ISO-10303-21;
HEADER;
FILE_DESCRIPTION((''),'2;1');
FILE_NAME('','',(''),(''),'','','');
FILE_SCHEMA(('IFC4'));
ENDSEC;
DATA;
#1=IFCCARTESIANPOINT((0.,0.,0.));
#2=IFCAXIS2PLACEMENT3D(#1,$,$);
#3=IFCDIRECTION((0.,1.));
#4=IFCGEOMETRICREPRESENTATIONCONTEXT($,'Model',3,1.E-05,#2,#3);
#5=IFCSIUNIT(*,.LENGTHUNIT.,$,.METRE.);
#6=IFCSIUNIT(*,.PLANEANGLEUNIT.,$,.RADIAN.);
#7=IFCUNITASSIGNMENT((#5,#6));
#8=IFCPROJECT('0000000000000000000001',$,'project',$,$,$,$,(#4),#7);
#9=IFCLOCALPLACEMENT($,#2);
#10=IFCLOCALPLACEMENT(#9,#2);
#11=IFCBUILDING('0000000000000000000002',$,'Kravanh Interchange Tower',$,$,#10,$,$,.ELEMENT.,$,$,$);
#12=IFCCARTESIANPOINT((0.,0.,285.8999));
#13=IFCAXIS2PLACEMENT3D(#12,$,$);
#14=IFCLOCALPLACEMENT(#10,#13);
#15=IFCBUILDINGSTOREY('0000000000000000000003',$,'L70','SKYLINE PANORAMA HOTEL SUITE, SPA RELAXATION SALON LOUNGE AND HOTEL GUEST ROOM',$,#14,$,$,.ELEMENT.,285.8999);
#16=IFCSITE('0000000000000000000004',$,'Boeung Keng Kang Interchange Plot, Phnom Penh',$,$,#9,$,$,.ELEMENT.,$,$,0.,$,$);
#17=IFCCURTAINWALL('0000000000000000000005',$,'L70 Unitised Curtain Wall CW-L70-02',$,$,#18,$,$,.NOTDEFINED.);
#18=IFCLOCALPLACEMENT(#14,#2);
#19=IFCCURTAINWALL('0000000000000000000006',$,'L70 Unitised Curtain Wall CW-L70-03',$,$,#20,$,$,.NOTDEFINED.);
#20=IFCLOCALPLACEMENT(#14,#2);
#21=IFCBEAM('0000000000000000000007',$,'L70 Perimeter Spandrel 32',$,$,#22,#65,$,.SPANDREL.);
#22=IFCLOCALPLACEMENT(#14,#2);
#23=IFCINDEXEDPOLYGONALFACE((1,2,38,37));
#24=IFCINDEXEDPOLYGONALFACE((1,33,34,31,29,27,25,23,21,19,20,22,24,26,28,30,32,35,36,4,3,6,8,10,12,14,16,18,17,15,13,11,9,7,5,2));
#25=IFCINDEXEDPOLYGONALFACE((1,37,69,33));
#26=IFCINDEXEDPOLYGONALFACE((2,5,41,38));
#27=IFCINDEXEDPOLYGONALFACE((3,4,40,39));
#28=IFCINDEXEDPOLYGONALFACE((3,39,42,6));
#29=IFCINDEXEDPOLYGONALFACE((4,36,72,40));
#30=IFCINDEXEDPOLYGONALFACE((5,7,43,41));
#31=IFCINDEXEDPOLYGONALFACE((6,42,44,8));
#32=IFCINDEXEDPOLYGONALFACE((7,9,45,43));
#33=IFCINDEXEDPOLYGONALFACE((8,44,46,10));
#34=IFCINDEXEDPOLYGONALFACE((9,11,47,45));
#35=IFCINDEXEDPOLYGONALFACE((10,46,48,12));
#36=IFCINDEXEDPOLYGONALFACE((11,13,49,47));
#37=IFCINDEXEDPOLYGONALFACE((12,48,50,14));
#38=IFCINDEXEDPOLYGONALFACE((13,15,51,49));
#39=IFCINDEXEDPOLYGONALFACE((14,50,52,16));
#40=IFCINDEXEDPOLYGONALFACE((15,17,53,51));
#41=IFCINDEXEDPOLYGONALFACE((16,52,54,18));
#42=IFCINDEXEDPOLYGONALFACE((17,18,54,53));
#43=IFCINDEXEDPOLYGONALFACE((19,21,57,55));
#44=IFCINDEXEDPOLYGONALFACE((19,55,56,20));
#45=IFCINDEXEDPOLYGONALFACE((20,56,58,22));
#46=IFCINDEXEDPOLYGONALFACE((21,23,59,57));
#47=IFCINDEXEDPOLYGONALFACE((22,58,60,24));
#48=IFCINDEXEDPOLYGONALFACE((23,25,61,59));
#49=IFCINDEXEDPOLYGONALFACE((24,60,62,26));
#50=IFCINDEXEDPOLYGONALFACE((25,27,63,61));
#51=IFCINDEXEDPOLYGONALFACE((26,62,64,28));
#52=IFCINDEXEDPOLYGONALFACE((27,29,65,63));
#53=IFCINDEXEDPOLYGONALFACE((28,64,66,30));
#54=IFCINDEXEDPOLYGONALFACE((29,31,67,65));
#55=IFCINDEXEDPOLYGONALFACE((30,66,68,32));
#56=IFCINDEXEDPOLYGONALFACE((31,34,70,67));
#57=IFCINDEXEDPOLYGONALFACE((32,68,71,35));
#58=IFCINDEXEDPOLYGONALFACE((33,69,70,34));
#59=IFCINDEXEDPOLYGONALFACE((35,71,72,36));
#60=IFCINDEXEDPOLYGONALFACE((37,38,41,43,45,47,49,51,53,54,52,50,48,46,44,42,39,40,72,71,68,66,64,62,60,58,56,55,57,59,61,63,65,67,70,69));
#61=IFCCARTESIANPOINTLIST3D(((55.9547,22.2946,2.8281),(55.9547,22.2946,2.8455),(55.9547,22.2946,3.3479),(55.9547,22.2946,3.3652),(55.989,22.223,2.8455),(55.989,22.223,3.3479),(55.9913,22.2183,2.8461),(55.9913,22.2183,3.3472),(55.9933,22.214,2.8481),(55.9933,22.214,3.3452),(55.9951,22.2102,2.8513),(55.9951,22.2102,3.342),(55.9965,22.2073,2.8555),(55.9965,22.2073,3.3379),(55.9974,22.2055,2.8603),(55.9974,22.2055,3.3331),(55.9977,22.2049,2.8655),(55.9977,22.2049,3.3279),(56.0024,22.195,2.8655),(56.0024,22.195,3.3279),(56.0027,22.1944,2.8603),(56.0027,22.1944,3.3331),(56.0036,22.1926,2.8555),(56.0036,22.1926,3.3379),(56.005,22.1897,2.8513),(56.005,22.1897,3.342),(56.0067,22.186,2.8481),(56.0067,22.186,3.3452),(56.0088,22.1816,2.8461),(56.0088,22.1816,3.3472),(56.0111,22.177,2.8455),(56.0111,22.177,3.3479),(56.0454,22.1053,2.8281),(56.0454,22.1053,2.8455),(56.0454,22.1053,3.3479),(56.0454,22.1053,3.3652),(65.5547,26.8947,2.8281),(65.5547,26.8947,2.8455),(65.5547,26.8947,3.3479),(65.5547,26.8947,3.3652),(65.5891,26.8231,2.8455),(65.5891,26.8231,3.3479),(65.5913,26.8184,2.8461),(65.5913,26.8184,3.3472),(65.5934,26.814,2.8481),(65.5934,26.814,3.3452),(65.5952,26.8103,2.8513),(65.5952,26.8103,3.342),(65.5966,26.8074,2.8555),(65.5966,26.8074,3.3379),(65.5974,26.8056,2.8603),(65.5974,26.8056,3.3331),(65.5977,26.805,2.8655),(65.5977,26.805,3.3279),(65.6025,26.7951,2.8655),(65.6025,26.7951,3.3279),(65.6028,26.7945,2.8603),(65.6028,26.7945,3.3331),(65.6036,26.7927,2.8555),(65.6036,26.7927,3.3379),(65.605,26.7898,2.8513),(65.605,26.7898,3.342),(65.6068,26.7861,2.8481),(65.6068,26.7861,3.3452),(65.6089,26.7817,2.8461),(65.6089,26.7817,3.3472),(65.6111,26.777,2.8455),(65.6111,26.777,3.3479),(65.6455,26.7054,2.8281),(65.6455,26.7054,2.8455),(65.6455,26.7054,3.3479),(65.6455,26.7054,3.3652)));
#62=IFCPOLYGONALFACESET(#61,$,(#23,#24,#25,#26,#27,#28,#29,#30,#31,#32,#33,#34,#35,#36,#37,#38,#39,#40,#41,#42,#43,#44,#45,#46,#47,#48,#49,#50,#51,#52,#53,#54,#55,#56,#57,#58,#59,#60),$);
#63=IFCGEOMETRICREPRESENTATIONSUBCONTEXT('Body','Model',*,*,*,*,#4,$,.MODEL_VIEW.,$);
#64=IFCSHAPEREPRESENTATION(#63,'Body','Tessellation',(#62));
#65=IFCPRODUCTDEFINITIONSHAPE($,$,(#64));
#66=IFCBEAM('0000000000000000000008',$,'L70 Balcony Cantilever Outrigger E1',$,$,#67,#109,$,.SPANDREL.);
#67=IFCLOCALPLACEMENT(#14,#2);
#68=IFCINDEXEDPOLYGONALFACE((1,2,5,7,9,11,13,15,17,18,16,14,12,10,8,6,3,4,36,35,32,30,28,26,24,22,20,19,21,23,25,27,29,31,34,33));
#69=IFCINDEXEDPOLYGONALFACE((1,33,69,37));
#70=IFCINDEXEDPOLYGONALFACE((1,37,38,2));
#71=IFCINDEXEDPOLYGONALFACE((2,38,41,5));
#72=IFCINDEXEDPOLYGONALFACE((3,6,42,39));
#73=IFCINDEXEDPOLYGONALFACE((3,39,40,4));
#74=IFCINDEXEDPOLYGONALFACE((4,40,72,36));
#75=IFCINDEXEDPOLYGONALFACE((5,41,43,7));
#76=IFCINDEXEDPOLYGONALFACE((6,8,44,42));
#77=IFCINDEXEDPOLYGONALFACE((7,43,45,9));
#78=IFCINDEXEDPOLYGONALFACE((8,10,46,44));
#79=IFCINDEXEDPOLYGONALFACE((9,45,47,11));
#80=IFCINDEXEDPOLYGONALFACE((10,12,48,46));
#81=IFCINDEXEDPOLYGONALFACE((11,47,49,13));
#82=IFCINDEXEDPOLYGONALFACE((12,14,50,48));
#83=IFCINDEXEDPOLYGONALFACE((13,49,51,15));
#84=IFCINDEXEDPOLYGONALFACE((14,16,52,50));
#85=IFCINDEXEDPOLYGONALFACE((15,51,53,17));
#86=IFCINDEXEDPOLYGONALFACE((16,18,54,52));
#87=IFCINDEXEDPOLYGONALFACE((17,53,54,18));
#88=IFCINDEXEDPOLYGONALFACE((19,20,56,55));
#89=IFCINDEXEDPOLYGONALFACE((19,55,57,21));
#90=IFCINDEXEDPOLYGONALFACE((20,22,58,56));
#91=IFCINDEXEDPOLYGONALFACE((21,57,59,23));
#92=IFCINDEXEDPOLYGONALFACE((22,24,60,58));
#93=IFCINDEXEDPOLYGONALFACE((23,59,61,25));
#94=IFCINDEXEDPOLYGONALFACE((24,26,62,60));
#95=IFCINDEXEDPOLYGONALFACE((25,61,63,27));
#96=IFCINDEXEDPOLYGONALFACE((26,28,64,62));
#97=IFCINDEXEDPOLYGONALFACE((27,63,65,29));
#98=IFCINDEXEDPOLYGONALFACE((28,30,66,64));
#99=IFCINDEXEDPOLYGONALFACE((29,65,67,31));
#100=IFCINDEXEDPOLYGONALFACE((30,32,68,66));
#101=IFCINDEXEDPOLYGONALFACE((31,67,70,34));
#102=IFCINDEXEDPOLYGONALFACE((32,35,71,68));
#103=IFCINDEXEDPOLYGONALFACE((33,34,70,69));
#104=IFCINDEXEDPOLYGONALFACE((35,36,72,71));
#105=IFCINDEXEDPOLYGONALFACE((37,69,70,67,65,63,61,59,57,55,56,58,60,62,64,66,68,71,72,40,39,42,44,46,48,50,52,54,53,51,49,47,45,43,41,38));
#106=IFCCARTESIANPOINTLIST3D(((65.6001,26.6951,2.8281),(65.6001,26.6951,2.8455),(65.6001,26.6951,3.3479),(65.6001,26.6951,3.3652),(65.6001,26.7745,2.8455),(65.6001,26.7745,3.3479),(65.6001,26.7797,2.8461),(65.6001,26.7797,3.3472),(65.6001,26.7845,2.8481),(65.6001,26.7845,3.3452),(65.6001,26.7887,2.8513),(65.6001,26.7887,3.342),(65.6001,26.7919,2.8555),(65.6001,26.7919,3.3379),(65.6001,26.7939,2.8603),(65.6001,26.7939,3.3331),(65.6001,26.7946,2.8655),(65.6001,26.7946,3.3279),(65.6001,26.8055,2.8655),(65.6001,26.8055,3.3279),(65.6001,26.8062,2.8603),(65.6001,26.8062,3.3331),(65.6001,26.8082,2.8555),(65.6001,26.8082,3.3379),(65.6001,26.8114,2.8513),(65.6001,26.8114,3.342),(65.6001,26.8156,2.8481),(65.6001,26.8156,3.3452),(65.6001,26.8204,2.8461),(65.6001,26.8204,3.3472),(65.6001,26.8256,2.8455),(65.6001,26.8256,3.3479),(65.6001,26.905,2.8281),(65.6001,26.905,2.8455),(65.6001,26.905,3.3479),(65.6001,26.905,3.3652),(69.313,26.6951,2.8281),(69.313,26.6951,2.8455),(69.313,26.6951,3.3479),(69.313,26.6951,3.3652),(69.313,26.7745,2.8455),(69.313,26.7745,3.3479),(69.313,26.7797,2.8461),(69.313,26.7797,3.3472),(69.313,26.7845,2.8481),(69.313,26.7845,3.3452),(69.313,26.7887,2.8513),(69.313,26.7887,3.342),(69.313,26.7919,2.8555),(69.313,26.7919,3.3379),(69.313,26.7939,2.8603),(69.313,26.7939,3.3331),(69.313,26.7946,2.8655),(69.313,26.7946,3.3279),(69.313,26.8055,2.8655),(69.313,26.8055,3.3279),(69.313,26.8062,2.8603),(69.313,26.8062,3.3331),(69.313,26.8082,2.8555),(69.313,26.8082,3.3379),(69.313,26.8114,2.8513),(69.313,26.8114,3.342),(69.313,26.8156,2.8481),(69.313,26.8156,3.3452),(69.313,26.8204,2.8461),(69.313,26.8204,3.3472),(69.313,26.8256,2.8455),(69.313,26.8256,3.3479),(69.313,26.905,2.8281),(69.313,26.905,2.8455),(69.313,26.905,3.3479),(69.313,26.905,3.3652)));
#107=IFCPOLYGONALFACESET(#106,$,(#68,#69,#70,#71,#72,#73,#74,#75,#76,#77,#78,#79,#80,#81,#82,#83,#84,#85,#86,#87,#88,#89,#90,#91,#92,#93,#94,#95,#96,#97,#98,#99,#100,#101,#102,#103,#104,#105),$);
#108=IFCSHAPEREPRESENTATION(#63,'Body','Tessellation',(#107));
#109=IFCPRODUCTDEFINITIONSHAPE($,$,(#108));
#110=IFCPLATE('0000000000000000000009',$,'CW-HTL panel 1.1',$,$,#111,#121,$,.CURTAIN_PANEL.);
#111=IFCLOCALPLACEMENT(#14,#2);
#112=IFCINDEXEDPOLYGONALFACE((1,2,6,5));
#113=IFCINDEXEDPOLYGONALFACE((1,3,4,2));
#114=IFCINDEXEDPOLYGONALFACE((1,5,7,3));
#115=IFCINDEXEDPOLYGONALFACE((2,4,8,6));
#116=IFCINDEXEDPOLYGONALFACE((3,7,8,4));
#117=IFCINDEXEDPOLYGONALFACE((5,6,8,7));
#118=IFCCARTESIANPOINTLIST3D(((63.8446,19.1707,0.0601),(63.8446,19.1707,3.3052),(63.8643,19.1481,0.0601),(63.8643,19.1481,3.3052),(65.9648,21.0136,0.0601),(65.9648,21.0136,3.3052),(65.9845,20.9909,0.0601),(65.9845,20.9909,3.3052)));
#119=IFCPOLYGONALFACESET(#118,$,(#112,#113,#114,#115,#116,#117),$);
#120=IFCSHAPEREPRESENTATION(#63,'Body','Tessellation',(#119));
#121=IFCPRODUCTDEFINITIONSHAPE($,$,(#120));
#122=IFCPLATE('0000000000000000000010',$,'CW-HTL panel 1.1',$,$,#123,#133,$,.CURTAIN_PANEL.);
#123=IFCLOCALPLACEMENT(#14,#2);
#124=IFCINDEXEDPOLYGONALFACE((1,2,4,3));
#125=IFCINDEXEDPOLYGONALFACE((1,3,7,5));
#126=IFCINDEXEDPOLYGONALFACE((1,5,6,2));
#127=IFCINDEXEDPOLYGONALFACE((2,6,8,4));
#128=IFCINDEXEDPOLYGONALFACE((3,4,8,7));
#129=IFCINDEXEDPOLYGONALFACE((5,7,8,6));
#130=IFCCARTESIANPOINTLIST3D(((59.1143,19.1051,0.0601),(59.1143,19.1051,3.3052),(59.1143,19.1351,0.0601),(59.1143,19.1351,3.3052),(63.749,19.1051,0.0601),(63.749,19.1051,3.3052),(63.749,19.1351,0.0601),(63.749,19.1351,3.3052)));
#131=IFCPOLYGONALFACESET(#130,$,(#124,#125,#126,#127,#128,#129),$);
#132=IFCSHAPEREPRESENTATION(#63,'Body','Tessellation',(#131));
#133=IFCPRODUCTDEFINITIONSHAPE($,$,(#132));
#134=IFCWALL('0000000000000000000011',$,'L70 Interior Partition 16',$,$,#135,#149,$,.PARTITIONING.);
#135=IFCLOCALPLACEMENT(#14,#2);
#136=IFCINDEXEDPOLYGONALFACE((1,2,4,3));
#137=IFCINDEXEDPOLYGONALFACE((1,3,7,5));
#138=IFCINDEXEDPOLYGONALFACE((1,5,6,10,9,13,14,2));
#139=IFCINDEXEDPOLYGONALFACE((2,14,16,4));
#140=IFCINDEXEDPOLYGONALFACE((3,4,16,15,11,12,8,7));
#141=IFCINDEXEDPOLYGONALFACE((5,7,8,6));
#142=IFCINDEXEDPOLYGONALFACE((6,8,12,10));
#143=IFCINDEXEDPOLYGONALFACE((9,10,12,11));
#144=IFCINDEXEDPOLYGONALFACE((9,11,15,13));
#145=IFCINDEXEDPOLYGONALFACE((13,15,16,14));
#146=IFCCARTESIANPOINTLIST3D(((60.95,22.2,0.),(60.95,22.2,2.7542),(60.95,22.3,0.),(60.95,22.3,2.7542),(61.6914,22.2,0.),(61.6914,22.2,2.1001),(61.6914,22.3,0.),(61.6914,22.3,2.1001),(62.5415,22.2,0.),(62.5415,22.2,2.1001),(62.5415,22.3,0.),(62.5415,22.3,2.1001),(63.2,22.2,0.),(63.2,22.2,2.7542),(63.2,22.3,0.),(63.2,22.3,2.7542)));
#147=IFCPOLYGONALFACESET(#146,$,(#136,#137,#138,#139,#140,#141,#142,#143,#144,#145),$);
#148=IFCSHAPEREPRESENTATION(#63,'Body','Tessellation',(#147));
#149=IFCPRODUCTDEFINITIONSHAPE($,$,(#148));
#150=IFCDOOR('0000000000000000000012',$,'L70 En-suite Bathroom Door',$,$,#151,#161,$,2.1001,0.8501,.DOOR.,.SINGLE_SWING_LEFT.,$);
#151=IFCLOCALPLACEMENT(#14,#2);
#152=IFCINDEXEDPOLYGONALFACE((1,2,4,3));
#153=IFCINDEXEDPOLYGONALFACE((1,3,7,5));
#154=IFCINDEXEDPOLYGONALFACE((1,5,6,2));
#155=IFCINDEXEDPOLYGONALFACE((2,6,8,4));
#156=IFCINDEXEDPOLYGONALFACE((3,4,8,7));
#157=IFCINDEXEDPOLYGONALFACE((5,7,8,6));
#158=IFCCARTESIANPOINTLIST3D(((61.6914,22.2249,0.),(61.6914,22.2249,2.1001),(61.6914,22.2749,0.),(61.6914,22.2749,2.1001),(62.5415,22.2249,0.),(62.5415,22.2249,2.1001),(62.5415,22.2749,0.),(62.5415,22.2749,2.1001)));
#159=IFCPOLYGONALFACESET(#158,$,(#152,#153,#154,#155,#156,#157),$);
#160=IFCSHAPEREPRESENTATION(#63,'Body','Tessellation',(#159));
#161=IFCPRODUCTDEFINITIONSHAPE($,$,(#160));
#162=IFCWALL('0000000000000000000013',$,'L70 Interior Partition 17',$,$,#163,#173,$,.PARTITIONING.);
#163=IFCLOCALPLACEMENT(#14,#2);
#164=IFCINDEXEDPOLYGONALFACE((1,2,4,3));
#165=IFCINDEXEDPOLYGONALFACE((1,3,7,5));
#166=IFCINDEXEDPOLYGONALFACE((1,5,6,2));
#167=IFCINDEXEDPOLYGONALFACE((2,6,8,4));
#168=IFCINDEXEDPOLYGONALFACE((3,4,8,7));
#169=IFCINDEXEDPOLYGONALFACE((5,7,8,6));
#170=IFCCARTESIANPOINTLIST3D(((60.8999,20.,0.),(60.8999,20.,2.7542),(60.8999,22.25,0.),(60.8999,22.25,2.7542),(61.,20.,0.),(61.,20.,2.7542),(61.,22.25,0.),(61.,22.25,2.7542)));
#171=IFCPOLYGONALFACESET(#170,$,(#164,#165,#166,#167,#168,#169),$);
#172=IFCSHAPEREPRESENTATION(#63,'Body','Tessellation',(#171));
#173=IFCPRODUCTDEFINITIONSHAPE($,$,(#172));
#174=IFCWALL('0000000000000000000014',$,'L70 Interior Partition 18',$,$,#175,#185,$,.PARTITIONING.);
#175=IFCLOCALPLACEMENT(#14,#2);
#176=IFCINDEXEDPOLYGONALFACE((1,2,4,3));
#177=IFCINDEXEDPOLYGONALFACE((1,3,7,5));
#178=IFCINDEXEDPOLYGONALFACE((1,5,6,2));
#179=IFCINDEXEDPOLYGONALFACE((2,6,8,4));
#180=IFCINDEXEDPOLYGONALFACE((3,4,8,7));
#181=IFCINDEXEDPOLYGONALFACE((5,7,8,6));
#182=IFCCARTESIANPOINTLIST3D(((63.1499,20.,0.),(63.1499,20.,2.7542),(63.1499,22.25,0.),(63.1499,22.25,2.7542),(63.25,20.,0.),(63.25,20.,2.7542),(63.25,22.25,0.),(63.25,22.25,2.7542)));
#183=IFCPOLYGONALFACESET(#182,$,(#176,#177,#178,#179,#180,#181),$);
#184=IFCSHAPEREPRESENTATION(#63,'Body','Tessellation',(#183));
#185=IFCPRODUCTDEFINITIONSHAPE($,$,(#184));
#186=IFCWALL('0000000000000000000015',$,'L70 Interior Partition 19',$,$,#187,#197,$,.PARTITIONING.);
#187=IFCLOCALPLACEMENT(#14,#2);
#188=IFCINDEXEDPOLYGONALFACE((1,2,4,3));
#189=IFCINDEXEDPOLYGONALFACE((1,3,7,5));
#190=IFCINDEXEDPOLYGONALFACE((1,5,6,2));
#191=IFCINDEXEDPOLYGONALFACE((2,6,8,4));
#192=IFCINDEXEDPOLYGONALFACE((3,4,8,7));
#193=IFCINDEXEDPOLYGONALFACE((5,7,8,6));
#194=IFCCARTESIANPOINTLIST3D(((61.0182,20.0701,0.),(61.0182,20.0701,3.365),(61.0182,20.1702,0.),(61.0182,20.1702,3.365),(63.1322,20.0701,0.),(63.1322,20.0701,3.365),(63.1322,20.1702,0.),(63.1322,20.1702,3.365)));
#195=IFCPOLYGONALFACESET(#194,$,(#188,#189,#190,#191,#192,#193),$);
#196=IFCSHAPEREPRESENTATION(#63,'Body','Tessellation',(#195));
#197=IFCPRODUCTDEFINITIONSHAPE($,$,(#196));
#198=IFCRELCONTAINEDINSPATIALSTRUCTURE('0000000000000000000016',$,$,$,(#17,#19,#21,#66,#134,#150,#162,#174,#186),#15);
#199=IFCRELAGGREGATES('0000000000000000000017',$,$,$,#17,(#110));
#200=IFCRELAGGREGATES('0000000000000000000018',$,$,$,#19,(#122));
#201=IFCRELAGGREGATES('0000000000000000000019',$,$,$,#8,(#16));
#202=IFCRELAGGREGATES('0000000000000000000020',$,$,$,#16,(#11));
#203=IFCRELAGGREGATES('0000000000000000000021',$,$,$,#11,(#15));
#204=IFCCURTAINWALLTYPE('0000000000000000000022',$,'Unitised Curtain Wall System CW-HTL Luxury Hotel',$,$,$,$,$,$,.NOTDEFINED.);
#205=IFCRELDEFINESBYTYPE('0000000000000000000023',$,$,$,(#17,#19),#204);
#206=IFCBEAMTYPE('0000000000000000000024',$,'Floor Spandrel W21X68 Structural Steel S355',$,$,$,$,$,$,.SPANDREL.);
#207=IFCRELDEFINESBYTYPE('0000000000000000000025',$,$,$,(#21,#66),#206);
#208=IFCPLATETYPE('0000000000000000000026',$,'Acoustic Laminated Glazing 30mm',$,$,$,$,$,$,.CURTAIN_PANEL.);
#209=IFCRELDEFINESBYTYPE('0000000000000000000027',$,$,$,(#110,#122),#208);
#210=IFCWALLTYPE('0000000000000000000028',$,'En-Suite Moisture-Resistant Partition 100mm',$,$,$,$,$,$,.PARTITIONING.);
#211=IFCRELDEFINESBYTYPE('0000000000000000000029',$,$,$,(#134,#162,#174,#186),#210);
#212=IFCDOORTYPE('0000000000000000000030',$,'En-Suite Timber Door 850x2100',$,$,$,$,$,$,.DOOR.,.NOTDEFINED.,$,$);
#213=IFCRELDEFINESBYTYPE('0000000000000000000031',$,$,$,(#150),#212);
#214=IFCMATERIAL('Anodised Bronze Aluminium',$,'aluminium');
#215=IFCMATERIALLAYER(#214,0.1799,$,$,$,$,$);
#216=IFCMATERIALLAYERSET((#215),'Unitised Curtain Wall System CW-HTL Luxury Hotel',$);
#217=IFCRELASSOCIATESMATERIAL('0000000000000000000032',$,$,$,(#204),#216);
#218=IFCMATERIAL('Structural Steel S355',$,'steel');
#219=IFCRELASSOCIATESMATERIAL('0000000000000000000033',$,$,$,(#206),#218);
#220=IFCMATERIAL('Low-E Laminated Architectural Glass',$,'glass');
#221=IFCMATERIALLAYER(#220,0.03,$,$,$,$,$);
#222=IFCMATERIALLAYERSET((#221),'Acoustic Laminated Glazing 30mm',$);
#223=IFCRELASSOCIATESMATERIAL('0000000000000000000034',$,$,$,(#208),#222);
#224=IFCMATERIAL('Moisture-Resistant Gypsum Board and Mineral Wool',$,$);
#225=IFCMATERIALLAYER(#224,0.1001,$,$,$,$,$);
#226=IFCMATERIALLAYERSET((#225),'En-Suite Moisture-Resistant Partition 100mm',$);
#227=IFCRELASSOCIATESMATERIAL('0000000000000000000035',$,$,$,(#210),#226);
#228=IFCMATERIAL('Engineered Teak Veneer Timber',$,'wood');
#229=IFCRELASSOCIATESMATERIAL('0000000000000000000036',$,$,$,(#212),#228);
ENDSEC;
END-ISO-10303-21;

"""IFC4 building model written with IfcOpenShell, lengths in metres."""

from ifc_helpers import new_model, si_unit, direction, frame, frame_2d, origin, origin_2d, place, context, subcontext, project, spatial, rectangle, i_section, extrude, material, layer, layer_set, material_profile, profile_set, type_object, element, fill, aggregate, save


model = new_model("IFC4")

# Units and contexts
model_context = context("Model", 3, precision=1e-05, world=origin(), true_north=direction((0.0, 1.0)))
body_context = subcontext(model_context, "Body", "Model", "MODEL_VIEW")
ifc_project = project(units=[si_unit("LENGTHUNIT", "METRE"), si_unit("PLANEANGLEUNIT", "RADIAN")], contexts=[model_context])

# Site, building, storey
site_placement = place(None, origin())
site = spatial("IfcSite", under=ifc_project, at=site_placement, Name="Boeung Keng Kang Interchange Plot, Phnom Penh", CompositionType="ELEMENT", RefElevation=0.0)
building_placement = place(site_placement, origin())
building = spatial("IfcBuilding", under=site, at=building_placement, Name="Kravanh Interchange Tower", CompositionType="ELEMENT")
storey_placement = place(building_placement, frame((0.0, 0.0, 285.8999)))
storey = spatial("IfcBuildingStorey", under=building, at=storey_placement, Name="L70", Description="SKYLINE PANORAMA HOTEL SUITE, SPA RELAXATION SALON LOUNGE AND HOTEL GUEST ROOM", CompositionType="ELEMENT", Elevation=285.8999)

# Curtain walls
ifc_material_1 = material(Name="Anodised Bronze Aluminium", Category="aluminium")
ifc_layer_1 = layer(ifc_material_1, 0.1799)
ifc_layer_set_1 = layer_set([ifc_layer_1], Name="Unitised Curtain Wall System CW-HTL Luxury Hotel")
curtain_wall_type = type_object("IfcCurtainWallType", Name="Unitised Curtain Wall System CW-HTL Luxury Hotel", PredefinedType="NOTDEFINED", material=ifc_layer_set_1)
curtain_wall_1_placement = place(storey_placement, origin())
curtain_wall_1 = element("IfcCurtainWall", 1, at=curtain_wall_1_placement, inside=storey, type_object=curtain_wall_type, Name="L70 Unitised Curtain Wall CW-L70-02", PredefinedType="NOTDEFINED")
curtain_wall_2_placement = place(storey_placement, origin())
curtain_wall_2 = element("IfcCurtainWall", 2, at=curtain_wall_2_placement, inside=storey, type_object=curtain_wall_type, Name="L70 Unitised Curtain Wall CW-L70-03", PredefinedType="NOTDEFINED")

# Beams
ifc_material_2 = material(Name="Structural Steel S355", Category="steel")
ifc_material_profile_1 = material_profile(ifc_material_2, i_section(OverallWidth=0.21, OverallDepth=0.5371, WebThickness=0.011, FlangeThickness=0.0173, FilletRadius=0.02, at=origin_2d()), Name="W21X68")
ifc_profile_set_1 = profile_set([ifc_material_profile_1], Name="Structural Steel S355")
beam_type_1 = type_object("IfcBeamType", Name="Floor Spandrel W21X68 Structural Steel S355", PredefinedType="SPANDREL", material=ifc_profile_set_1)
beam_1_placement = place(storey_placement, frame((65.6001, 26.8, 3.0967), z_axis=(-0.901814, -0.432124, 0.0), x_axis=(0.432124, -0.901814, 0.0)))
element("IfcBeam", 3, at=beam_1_placement, inside=storey, type_object=beam_type_1, Name="L70 Perimeter Spandrel 32", PredefinedType="SPANDREL", context=body_context, shape_type="SweptSolid", body=[
    extrude(i_section(OverallWidth=0.21, OverallDepth=0.5371, WebThickness=0.011, FlangeThickness=0.0173, FilletRadius=0.02, at=origin_2d()), origin(), (0.0, 0.0, 1.0), 10.6453),
])
beam_2_placement = place(storey_placement, frame((65.6001, 26.8, 3.0967), z_axis=(1.0, 0.0, 0.0), x_axis=(0.0, 1.0, 0.0)))
element("IfcBeam", 4, at=beam_2_placement, inside=storey, type_object=beam_type_1, Name="L70 Balcony Cantilever Outrigger E1", PredefinedType="SPANDREL", context=body_context, shape_type="SweptSolid", body=[
    extrude(i_section(OverallWidth=0.21, OverallDepth=0.5371, WebThickness=0.011, FlangeThickness=0.0173, FilletRadius=0.02, at=origin_2d()), origin(), (0.0, 0.0, 1.0), 3.7129),
])

# Plates
ifc_material_3 = material(Name="Low-E Laminated Architectural Glass", Category="glass")
ifc_layer_2 = layer(ifc_material_3, 0.03)
ifc_layer_set_2 = layer_set([ifc_layer_2], Name="Acoustic Laminated Glazing 30mm")
plate_type = type_object("IfcPlateType", Name="Acoustic Laminated Glazing 30mm", PredefinedType="CURTAIN_PANEL", material=ifc_layer_set_2)
plate_1_placement = place(storey_placement, frame((64.9146, 20.0808, 0.0601), z_axis=(0.0, 0.0, 1.0), x_axis=(-0.754732, -0.656033, 0.0)))
plate_1 = element("IfcPlate", 5, at=plate_1_placement, type_object=plate_type, Name="CW-HTL panel 1.1", PredefinedType="CURTAIN_PANEL", context=body_context, shape_type="SweptSolid", body=[
    extrude(rectangle(XDim=2.8091, YDim=0.03, at=origin_2d()), origin(), (0.0, 0.0, 1.0), 3.2451),
])
aggregate(curtain_wall_1, [plate_1])
plate_2_placement = place(storey_placement, frame((61.4316, 19.1201, 0.0601), z_axis=(0.0, 0.0, 1.0), x_axis=(-1.0, 0.0, 0.0)))
plate_2 = element("IfcPlate", 6, at=plate_2_placement, type_object=plate_type, Name="CW-HTL panel 1.1", PredefinedType="CURTAIN_PANEL", context=body_context, shape_type="SweptSolid", body=[
    extrude(rectangle(XDim=4.6348, YDim=0.03, at=origin_2d()), origin(), (0.0, 0.0, 1.0), 3.2451),
])
aggregate(curtain_wall_2, [plate_2])

# Wall, opening, door
ifc_material_4 = material(Name="Moisture-Resistant Gypsum Board and Mineral Wool")
ifc_layer_3 = layer(ifc_material_4, 0.1001)
ifc_layer_set_3 = layer_set([ifc_layer_3], Name="En-Suite Moisture-Resistant Partition 100mm")
wall_type = type_object("IfcWallType", Name="En-Suite Moisture-Resistant Partition 100mm", PredefinedType="PARTITIONING", material=ifc_layer_set_3)
wall_1_placement = place(storey_placement, frame((60.95, 22.25, 0.0), z_axis=(0.0, 0.0, 1.0), x_axis=(1.0, 0.0, 0.0)))
wall_1 = element("IfcWall", 7, at=wall_1_placement, inside=storey, type_object=wall_type, Name="L70 Interior Partition 16", PredefinedType="PARTITIONING", context=body_context, shape_type="SweptSolid", body=[
    extrude(rectangle(XDim=2.25, YDim=0.1001, at=frame_2d((1.125, 0.0))), origin(), (0.0, 0.0, 1.0), 2.7542),
])
opening_placement = place(wall_1_placement, frame((0.7415, 0.0, 0.0)))
opening = element("IfcOpeningElement", 8, at=opening_placement, cuts=wall_1, PredefinedType="OPENING", context=body_context, shape_type="SweptSolid", body=[
    extrude(rectangle(XDim=0.8501, YDim=2.1001, at=frame_2d((0.425, 1.05))), frame((0.0, 0.0601, 0.0), z_axis=(0.0, -1.0, 0.0), x_axis=(1.0, 0.0, 0.0)), (0.0, 0.0, 1.0), 0.1201),
])
ifc_material_5 = material(Name="Engineered Teak Veneer Timber", Category="wood")
door_type = type_object("IfcDoorType", Name="En-Suite Timber Door 850x2100", OperationType="NOTDEFINED", PredefinedType="DOOR", material=ifc_material_5)
door_placement = place(opening_placement, origin())
door = element("IfcDoor", 9, at=door_placement, inside=storey, type_object=door_type, Name="L70 En-suite Bathroom Door", OperationType="SINGLE_SWING_LEFT", OverallHeight=2.1001, OverallWidth=0.8501, PredefinedType="DOOR", context=body_context, shape_type="SweptSolid", body=[
    extrude(rectangle(XDim=0.8501, YDim=2.1001, at=frame_2d((0.425, 1.05))), frame((0.0, 0.0249, 0.0), z_axis=(0.0, -1.0, 0.0), x_axis=(1.0, 0.0, 0.0)), (0.0, 0.0, 1.0), 0.05),
])
fill(opening, door)

# Walls
for number, where, z_axis, x_axis, name in (
    (10, (60.95, 20.0, 0.0), (0.0, 0.0, 1.0), (0.0, 1.0, 0.0), "L70 Interior Partition 17"),
    (11, (63.2, 20.0, 0.0), (0.0, 0.0, 1.0), (0.0, 1.0, 0.0), "L70 Interior Partition 18"),
):
    element("IfcWall", number, at=place(storey_placement, frame(where, z_axis=z_axis, x_axis=x_axis)), inside=storey, type_object=wall_type, Name=name, PredefinedType="PARTITIONING", context=body_context, shape_type="SweptSolid", body=[
        extrude(rectangle(XDim=2.25, YDim=0.1001, at=frame_2d((1.125, 0.0))), origin(), (0.0, 0.0, 1.0), 2.7542),
    ])
wall_2_placement = place(storey_placement, frame((61.0181, 20.1201, 0.0), z_axis=(0.0, 0.0, 1.0), x_axis=(1.0, 0.0, 0.0)))
element("IfcWall", 12, at=wall_2_placement, inside=storey, type_object=wall_type, Name="L70 Interior Partition 19", PredefinedType="PARTITIONING", context=body_context, shape_type="SweptSolid", body=[
    extrude(rectangle(XDim=2.114, YDim=0.1001, at=frame_2d((1.0571, 0.0))), origin(), (0.0, 0.0, 1.0), 3.365),
])

save(model, "model.ifc")
